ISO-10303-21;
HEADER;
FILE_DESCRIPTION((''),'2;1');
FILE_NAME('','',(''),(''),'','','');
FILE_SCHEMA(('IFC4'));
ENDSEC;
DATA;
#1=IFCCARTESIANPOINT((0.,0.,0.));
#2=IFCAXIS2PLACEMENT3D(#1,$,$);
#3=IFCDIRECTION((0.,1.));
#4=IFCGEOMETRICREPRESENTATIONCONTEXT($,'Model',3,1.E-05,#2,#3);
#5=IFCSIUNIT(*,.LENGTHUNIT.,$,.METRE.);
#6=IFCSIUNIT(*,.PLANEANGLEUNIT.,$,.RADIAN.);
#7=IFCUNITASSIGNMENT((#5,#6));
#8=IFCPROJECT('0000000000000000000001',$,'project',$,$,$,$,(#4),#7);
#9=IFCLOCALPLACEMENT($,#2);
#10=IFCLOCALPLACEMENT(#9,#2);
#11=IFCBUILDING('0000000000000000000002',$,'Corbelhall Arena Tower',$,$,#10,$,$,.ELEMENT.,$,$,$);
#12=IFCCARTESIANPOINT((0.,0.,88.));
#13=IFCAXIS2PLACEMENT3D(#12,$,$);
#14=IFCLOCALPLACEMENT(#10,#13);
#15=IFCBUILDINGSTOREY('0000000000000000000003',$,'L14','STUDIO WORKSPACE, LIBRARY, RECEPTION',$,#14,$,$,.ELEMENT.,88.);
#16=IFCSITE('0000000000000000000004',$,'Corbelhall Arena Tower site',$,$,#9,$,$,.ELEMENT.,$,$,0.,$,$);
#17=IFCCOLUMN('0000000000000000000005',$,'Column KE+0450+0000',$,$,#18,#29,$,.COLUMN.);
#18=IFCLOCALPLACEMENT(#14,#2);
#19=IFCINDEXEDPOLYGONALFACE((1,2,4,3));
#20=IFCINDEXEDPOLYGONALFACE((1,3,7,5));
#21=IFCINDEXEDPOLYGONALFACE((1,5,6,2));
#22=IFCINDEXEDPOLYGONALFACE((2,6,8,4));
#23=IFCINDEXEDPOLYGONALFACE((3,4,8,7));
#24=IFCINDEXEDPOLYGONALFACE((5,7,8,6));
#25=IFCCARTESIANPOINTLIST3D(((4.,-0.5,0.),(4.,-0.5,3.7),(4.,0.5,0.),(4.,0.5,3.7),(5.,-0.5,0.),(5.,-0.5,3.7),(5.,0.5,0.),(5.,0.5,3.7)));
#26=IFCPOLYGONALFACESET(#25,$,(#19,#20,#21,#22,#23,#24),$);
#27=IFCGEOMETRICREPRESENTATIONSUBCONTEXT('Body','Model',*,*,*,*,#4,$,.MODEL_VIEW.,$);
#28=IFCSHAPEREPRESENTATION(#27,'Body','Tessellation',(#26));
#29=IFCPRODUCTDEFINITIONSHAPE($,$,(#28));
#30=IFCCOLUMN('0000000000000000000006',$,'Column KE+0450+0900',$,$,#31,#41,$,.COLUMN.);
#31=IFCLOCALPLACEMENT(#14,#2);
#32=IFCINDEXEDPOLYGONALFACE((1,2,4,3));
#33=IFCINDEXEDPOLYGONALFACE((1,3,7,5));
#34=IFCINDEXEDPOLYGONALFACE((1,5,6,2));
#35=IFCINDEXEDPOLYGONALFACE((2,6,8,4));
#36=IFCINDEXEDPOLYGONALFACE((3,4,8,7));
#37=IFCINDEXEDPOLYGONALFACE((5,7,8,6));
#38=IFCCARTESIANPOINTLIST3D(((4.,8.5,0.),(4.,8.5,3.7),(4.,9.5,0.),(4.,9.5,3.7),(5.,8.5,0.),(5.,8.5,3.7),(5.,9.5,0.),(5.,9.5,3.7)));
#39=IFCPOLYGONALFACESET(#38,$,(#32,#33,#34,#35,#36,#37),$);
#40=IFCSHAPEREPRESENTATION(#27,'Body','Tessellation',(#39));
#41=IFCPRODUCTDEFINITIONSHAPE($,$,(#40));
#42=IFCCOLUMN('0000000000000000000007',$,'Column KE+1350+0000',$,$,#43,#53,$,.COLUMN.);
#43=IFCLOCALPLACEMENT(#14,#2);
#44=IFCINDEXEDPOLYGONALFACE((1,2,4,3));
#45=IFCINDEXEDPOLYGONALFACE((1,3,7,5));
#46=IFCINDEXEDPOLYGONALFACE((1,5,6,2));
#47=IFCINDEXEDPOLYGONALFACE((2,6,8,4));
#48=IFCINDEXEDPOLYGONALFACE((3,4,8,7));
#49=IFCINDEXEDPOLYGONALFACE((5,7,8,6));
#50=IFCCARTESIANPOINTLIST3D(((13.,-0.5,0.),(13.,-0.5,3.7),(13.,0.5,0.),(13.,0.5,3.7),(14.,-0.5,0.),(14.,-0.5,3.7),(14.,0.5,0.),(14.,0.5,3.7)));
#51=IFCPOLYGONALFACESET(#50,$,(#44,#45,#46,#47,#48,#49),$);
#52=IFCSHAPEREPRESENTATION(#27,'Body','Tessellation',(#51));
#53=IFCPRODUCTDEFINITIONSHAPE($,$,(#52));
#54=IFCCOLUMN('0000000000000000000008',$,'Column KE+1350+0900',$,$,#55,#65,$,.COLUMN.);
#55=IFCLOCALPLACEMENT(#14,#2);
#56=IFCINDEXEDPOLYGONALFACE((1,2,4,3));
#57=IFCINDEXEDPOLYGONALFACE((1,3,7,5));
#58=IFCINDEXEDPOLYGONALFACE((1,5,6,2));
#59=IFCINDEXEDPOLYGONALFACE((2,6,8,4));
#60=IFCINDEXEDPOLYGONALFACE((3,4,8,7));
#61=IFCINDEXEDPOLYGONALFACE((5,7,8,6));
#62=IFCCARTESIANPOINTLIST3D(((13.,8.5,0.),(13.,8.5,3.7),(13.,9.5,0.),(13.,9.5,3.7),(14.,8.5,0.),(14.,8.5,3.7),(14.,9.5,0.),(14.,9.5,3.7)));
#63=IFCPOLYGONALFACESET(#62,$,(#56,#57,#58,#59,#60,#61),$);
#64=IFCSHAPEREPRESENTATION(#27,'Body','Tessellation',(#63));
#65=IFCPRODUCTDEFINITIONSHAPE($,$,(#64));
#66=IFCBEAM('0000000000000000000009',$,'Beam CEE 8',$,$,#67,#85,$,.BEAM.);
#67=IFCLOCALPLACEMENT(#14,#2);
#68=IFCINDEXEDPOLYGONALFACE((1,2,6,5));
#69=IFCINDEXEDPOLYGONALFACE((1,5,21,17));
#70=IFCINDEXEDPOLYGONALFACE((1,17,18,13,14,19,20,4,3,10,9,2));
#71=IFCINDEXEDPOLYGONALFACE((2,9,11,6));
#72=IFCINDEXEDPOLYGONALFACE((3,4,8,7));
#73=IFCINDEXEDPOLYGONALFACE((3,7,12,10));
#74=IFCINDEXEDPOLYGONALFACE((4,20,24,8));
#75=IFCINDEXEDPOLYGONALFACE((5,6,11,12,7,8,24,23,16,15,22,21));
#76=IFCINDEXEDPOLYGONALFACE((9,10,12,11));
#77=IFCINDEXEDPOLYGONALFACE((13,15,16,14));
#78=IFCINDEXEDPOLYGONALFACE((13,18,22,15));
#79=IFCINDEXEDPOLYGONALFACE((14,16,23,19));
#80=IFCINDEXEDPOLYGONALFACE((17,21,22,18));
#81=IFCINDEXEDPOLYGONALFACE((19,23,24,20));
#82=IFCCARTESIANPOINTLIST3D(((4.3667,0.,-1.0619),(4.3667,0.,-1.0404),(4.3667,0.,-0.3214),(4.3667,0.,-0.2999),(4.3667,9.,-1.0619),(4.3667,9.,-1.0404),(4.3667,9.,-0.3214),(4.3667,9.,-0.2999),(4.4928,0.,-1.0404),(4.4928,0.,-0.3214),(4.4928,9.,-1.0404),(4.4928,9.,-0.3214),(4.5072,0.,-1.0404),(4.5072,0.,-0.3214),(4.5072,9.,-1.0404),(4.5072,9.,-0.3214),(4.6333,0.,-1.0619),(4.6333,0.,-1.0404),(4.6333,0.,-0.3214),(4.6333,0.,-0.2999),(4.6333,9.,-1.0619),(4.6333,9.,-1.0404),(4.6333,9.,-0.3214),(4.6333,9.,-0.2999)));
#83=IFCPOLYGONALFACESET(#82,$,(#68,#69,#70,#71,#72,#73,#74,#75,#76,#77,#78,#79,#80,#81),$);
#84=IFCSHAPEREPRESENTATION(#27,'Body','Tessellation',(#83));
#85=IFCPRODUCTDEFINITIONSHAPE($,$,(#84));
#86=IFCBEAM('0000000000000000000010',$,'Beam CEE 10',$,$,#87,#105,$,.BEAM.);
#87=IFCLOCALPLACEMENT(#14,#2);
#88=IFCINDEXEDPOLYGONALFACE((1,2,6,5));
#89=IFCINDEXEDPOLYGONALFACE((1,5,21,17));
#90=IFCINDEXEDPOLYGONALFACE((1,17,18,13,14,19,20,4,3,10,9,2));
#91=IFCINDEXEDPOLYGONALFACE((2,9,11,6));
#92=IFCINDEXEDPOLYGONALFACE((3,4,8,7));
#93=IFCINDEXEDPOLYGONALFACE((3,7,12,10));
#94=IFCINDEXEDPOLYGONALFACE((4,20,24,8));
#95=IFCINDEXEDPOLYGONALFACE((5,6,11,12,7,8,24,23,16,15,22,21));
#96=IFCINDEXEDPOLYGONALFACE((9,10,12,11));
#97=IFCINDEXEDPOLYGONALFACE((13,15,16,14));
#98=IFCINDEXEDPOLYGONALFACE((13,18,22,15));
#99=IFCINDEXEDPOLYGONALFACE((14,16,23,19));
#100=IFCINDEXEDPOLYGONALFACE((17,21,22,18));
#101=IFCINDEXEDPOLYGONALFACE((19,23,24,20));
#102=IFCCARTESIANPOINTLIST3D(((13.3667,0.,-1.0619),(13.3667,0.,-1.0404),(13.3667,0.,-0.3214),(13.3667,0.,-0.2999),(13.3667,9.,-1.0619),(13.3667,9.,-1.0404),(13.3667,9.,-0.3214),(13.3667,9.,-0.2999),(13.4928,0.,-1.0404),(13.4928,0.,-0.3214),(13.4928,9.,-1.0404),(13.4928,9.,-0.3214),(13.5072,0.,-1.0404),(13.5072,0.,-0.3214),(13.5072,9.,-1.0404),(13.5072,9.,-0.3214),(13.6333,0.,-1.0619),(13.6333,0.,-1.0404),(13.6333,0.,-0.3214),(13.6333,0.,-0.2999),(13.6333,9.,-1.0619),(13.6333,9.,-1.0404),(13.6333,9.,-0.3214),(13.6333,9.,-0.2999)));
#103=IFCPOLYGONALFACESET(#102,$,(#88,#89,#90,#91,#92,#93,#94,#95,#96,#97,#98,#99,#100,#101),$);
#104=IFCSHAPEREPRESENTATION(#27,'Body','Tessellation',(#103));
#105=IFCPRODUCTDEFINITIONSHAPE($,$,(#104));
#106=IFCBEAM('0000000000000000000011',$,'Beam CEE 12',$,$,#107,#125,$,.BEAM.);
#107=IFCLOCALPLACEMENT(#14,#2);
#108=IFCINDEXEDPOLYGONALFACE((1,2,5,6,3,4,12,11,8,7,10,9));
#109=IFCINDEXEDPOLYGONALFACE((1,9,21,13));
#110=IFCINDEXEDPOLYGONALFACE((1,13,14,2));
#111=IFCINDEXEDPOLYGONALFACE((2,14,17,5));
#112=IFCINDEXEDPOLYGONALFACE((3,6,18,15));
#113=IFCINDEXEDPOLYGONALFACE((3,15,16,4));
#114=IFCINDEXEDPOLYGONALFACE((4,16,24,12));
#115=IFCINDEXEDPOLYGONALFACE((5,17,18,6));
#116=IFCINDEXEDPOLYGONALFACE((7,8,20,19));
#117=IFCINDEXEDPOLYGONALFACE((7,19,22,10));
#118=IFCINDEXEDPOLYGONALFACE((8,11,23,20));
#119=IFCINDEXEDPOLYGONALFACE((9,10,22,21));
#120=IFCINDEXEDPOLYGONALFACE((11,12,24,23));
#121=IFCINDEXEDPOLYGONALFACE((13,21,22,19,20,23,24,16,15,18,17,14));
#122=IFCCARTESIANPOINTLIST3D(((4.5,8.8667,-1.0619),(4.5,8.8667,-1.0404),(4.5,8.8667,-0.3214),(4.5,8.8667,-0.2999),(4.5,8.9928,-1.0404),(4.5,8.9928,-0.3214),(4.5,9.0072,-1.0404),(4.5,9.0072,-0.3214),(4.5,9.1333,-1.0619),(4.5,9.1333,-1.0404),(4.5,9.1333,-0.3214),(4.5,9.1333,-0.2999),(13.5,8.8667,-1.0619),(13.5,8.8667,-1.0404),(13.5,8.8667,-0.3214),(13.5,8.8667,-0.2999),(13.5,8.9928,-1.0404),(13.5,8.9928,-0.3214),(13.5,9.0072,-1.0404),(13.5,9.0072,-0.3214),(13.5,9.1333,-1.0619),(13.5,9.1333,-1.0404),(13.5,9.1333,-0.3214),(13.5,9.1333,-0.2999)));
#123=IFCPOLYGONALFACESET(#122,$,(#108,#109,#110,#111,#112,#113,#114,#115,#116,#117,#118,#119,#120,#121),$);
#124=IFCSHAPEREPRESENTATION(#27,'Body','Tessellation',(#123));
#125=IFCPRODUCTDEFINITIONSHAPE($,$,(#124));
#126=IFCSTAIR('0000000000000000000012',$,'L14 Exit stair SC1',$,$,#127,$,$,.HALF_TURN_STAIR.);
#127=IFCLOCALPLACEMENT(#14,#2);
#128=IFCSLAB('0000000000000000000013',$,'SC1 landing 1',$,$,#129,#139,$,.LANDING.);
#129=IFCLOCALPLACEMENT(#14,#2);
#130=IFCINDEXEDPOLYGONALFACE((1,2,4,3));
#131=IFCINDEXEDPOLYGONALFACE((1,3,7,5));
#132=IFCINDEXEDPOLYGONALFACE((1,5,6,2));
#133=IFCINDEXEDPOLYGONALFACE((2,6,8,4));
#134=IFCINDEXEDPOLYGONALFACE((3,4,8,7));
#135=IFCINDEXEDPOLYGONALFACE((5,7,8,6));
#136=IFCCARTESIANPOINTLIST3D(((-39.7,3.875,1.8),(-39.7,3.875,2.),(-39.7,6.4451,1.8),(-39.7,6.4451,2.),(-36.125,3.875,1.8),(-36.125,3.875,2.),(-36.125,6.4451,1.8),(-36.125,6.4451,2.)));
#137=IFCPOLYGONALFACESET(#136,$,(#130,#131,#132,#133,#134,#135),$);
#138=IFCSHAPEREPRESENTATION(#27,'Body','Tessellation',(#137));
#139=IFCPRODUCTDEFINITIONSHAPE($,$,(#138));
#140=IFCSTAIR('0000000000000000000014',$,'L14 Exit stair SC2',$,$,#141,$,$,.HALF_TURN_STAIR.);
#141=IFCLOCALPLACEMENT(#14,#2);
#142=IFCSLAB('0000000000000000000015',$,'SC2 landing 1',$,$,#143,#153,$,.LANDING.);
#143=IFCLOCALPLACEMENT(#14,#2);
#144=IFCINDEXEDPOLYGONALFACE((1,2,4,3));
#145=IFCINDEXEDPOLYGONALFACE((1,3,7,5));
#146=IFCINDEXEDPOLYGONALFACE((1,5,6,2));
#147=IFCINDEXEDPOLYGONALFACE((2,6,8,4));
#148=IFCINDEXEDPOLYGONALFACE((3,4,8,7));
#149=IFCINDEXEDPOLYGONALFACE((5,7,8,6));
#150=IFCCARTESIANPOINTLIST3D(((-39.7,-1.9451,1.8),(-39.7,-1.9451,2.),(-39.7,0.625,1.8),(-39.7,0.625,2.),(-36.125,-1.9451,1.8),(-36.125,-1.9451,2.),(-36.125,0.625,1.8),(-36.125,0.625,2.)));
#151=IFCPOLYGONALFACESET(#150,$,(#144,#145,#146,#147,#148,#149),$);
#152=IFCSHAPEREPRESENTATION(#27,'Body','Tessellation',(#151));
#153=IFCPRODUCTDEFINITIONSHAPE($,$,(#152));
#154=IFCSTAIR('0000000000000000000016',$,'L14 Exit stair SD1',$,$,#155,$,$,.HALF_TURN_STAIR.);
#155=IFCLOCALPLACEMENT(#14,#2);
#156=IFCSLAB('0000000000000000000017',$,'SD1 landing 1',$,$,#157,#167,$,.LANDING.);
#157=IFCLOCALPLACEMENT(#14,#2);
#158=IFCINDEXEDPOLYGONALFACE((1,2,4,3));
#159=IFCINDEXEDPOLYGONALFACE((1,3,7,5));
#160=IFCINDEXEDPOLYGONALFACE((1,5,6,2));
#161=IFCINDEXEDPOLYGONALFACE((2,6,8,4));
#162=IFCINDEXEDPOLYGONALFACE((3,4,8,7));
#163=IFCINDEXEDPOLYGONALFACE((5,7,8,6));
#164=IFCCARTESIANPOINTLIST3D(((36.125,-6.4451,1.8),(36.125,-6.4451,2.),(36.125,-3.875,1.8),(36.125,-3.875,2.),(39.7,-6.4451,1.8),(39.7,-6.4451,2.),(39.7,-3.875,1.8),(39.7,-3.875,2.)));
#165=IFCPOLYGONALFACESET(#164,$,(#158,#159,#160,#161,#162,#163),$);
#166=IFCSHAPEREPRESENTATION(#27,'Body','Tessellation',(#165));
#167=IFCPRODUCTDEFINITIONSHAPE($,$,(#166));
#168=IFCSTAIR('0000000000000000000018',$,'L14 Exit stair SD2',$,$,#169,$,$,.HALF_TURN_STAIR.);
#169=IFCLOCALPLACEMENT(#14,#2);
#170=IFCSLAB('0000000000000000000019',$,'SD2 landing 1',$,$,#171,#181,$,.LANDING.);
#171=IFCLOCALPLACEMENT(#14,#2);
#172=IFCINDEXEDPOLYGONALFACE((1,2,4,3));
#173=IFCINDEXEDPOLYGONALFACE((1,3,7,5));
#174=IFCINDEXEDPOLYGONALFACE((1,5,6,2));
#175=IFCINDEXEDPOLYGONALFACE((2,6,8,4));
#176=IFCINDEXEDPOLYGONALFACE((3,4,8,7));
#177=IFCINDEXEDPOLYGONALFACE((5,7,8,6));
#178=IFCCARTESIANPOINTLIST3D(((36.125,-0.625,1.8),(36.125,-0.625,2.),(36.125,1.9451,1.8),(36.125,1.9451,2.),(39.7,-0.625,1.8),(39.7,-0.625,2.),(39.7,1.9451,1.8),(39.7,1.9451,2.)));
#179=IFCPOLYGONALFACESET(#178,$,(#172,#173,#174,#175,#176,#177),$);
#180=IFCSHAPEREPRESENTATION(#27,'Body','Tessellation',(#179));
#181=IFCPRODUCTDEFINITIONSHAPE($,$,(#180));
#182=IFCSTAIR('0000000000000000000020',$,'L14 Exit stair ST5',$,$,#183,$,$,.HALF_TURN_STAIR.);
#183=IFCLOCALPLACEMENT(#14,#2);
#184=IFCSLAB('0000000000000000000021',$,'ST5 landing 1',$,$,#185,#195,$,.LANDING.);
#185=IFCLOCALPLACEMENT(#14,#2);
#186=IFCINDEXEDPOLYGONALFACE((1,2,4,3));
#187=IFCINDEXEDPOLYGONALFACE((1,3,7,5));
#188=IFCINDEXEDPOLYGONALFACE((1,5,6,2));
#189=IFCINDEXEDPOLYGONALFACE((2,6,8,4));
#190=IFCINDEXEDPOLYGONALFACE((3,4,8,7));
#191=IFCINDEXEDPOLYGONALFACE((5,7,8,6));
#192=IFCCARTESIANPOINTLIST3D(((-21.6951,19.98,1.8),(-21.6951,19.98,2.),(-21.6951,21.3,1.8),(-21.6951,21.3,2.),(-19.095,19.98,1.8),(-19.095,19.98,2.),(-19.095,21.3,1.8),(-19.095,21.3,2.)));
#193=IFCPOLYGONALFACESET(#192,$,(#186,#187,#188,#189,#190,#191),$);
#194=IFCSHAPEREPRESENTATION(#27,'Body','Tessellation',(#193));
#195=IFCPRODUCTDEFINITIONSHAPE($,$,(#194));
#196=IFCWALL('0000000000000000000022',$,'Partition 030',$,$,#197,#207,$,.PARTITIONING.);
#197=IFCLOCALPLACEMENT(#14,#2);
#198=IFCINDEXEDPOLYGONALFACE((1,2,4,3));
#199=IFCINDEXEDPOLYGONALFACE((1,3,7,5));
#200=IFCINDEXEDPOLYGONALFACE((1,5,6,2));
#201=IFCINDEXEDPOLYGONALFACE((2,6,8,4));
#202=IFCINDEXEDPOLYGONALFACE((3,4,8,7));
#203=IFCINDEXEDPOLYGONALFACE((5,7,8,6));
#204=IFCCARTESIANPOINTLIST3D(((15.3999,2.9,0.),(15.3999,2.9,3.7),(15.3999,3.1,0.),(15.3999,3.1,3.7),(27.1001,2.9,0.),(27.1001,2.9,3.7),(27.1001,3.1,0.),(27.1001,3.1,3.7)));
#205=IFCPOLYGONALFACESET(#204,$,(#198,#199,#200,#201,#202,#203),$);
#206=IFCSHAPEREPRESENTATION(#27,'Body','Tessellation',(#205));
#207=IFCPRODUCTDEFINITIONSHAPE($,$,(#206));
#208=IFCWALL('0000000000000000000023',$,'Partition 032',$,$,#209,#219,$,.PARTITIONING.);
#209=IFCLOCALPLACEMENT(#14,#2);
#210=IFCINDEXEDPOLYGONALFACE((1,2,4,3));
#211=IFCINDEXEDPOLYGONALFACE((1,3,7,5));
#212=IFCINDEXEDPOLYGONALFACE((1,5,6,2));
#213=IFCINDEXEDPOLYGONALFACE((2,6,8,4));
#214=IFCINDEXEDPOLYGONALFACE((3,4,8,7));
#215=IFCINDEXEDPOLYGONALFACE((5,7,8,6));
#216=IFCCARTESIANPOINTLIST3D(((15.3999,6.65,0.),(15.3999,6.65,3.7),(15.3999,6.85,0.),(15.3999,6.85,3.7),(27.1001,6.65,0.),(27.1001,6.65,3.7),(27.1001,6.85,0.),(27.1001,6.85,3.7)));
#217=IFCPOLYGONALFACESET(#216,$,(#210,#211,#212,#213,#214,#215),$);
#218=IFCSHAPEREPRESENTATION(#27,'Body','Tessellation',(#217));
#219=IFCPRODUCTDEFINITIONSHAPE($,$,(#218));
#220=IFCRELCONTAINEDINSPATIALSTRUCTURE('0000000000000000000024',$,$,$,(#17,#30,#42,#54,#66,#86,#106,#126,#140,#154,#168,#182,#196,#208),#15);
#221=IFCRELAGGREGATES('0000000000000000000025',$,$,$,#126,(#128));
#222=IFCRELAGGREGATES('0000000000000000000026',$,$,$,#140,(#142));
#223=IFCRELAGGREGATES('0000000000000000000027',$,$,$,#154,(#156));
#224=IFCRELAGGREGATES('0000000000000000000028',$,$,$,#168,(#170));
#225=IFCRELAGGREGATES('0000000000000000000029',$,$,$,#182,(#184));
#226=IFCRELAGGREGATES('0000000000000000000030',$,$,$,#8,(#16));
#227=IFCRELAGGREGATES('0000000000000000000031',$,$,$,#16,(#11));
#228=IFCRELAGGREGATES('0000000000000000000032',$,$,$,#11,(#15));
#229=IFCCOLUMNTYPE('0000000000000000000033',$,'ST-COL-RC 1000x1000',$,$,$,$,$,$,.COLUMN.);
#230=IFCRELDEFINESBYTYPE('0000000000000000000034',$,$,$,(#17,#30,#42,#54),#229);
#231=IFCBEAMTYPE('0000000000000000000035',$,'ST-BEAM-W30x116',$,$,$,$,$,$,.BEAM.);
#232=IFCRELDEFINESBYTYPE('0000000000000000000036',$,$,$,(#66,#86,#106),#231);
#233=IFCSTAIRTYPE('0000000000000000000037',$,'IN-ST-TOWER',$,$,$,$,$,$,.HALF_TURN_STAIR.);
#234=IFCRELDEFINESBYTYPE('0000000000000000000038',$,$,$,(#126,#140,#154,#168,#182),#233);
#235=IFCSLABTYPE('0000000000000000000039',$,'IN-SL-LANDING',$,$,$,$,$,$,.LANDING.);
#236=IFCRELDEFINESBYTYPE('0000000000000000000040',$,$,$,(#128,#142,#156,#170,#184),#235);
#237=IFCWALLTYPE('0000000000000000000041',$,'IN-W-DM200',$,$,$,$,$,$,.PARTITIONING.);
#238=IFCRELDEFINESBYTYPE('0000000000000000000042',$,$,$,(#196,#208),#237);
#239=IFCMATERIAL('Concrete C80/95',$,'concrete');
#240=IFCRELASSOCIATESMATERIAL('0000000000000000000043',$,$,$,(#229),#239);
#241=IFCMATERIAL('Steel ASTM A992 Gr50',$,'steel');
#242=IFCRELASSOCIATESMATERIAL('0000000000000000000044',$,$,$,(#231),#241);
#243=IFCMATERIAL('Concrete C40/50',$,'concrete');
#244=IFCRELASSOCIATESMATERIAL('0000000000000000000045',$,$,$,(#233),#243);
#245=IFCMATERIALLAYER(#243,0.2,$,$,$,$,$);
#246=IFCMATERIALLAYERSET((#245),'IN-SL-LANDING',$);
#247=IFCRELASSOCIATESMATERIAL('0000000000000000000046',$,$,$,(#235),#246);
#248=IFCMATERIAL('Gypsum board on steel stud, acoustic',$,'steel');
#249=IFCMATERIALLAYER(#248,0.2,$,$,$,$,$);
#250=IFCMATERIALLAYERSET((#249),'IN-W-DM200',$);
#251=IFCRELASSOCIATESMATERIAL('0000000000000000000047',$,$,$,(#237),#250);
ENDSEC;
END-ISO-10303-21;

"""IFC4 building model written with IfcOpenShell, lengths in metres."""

from ifc_helpers import new_model, si_unit, direction, frame, frame_2d, origin, origin_2d, place, context, subcontext, project, spatial, polyline, rectangle, i_section, outline, extrude, material, layer, layer_set, material_profile, profile_set, type_object, element, aggregate, save


model = new_model("IFC4")

# Units and contexts
model_context = context("Model", 3, precision=1e-05, world=origin(), true_north=direction((0.0, 1.0)))
body_context = subcontext(model_context, "Body", "Model", "MODEL_VIEW")
ifc_project = project(units=[si_unit("LENGTHUNIT", "METRE"), si_unit("PLANEANGLEUNIT", "RADIAN")], contexts=[model_context])

# Site, building, storey
site_placement = place(None, origin())
site = spatial("IfcSite", under=ifc_project, at=site_placement, Name="Corbelhall Arena Tower site", CompositionType="ELEMENT", RefElevation=0.0)
building_placement = place(site_placement, origin())
building = spatial("IfcBuilding", under=site, at=building_placement, Name="Corbelhall Arena Tower", CompositionType="ELEMENT")
storey_placement = place(building_placement, frame((0.0, 0.0, 88.0)))
storey = spatial("IfcBuildingStorey", under=building, at=storey_placement, Name="L14", Description="STUDIO WORKSPACE, LIBRARY, RECEPTION", CompositionType="ELEMENT", Elevation=88.0)

# Columns
ifc_material_1 = material(Name="Concrete C80/95", Category="concrete")
ifc_material_profile_1 = material_profile(ifc_material_1, rectangle(XDim=1.0, YDim=1.0, at=origin_2d()))
ifc_profile_set_1 = profile_set([ifc_material_profile_1], Name="Concrete C80/95")
column_type = type_object("IfcColumnType", Name="ST-COL-RC 1000x1000", PredefinedType="COLUMN", material=ifc_profile_set_1)
for number, where, z_axis, x_axis, name in (
    (1, (4.5, 0.0, 0.0), (0.0, 0.0, 1.0), (1.0, 0.0, 0.0), "Column KE+0450+0000"),
    (2, (4.5, 9.0, 0.0), (0.0, 0.0, 1.0), (1.0, 0.0, 0.0), "Column KE+0450+0900"),
    (3, (13.5, 0.0, 0.0), (0.0, 0.0, 1.0), (1.0, 0.0, 0.0), "Column KE+1350+0000"),
    (4, (13.5, 9.0, 0.0), (0.0, 0.0, 1.0), (1.0, 0.0, 0.0), "Column KE+1350+0900"),
):
    element("IfcColumn", number, at=place(storey_placement, frame(where, z_axis=z_axis, x_axis=x_axis)), inside=storey, type_object=column_type, Name=name, PredefinedType="COLUMN", context=body_context, shape_type="SweptSolid", body=[
        extrude(rectangle(XDim=1.0, YDim=1.0, at=origin_2d()), origin(), (0.0, 0.0, 1.0), 3.7),
    ])

# Beams
ifc_material_2 = material(Name="Steel ASTM A992 Gr50", Category="steel")
ifc_material_profile_2 = material_profile(ifc_material_2, i_section(OverallWidth=0.2666, OverallDepth=0.762, WebThickness=0.0144, FlangeThickness=0.0215, at=origin_2d()))
ifc_profile_set_2 = profile_set([ifc_material_profile_2], Name="Steel ASTM A992 Gr50")
beam_type = type_object("IfcBeamType", Name="ST-BEAM-W30x116", PredefinedType="BEAM", material=ifc_profile_set_2)
for number, where, z_axis, x_axis, name in (
    (5, (4.5, 0.0, -0.6809), (0.0, 1.0, 0.0), (-1.0, 0.0, 0.0), "Beam CEE 8"),
    (6, (13.5, 0.0, -0.6809), (0.0, 1.0, 0.0), (-1.0, 0.0, 0.0), "Beam CEE 10"),
    (7, (4.5, 9.0, -0.6809), (1.0, 0.0, 0.0), (0.0, 1.0, 0.0), "Beam CEE 12"),
):
    element("IfcBeam", number, at=place(storey_placement, frame(where, z_axis=z_axis, x_axis=x_axis)), inside=storey, type_object=beam_type, Name=name, PredefinedType="BEAM", context=body_context, shape_type="SweptSolid", body=[
        extrude(i_section(OverallWidth=0.2666, OverallDepth=0.762, WebThickness=0.0144, FlangeThickness=0.0215, at=origin_2d()), origin(), (0.0, 0.0, 1.0), 9.0),
    ])

# Stairs, slabs
ifc_material_3 = material(Name="Concrete C40/50", Category="concrete")
stair_type = type_object("IfcStairType", Name="IN-ST-TOWER", PredefinedType="HALF_TURN_STAIR", material=ifc_material_3)
stair_1_placement = place(storey_placement, origin())
stair_1 = element("IfcStair", 8, at=stair_1_placement, inside=storey, type_object=stair_type, Name="L14 Exit stair SC1", PredefinedType="HALF_TURN_STAIR")
ifc_layer_1 = layer(ifc_material_3, 0.2)
ifc_layer_set_1 = layer_set([ifc_layer_1], Name="IN-SL-LANDING")
slab_type = type_object("IfcSlabType", Name="IN-SL-LANDING", PredefinedType="LANDING", material=ifc_layer_set_1)
slab_1_placement = place(storey_placement, frame((0.0, 0.0, 1.8)))
slab_1 = element("IfcSlab", 9, at=slab_1_placement, type_object=slab_type, Name="SC1 landing 1", PredefinedType="LANDING", context=body_context, shape_type="SweptSolid", body=[
    extrude(outline(polyline([(-39.7, 6.4451), (-39.7, 3.875), (-36.125, 3.875), (-36.125, 6.4451), (-39.7, 6.4451)])), origin(), (0.0, 0.0, 1.0), 0.2),
])
aggregate(stair_1, [slab_1])
stair_2_placement = place(storey_placement, origin())
stair_2 = element("IfcStair", 10, at=stair_2_placement, inside=storey, type_object=stair_type, Name="L14 Exit stair SC2", PredefinedType="HALF_TURN_STAIR")
slab_2_placement = place(storey_placement, frame((0.0, 0.0, 1.8)))
slab_2 = element("IfcSlab", 11, at=slab_2_placement, type_object=slab_type, Name="SC2 landing 1", PredefinedType="LANDING", context=body_context, shape_type="SweptSolid", body=[
    extrude(outline(polyline([(-36.125, -1.9451), (-36.125, 0.625), (-39.7, 0.625), (-39.7, -1.9451), (-36.125, -1.9451)])), origin(), (0.0, 0.0, 1.0), 0.2),
])
aggregate(stair_2, [slab_2])
stair_3_placement = place(storey_placement, origin())
stair_3 = element("IfcStair", 12, at=stair_3_placement, inside=storey, type_object=stair_type, Name="L14 Exit stair SD1", PredefinedType="HALF_TURN_STAIR")
slab_3_placement = place(storey_placement, frame((0.0, 0.0, 1.8)))
slab_3 = element("IfcSlab", 13, at=slab_3_placement, type_object=slab_type, Name="SD1 landing 1", PredefinedType="LANDING", context=body_context, shape_type="SweptSolid", body=[
    extrude(outline(polyline([(39.7, -6.4451), (39.7, -3.875), (36.125, -3.875), (36.125, -6.4451), (39.7, -6.4451)])), origin(), (0.0, 0.0, 1.0), 0.2),
])
aggregate(stair_3, [slab_3])
stair_4_placement = place(storey_placement, origin())
stair_4 = element("IfcStair", 14, at=stair_4_placement, inside=storey, type_object=stair_type, Name="L14 Exit stair SD2", PredefinedType="HALF_TURN_STAIR")
slab_4_placement = place(storey_placement, frame((0.0, 0.0, 1.8)))
slab_4 = element("IfcSlab", 15, at=slab_4_placement, type_object=slab_type, Name="SD2 landing 1", PredefinedType="LANDING", context=body_context, shape_type="SweptSolid", body=[
    extrude(outline(polyline([(36.125, 1.9451), (36.125, -0.625), (39.7, -0.625), (39.7, 1.9451), (36.125, 1.9451)])), origin(), (0.0, 0.0, 1.0), 0.2),
])
aggregate(stair_4, [slab_4])
stair_5_placement = place(storey_placement, origin())
stair_5 = element("IfcStair", 16, at=stair_5_placement, inside=storey, type_object=stair_type, Name="L14 Exit stair ST5", PredefinedType="HALF_TURN_STAIR")
slab_5_placement = place(storey_placement, frame((0.0, 0.0, 1.8)))
slab_5 = element("IfcSlab", 17, at=slab_5_placement, type_object=slab_type, Name="ST5 landing 1", PredefinedType="LANDING", context=body_context, shape_type="SweptSolid", body=[
    extrude(outline(polyline([(-19.095, 19.98), (-19.095, 21.3), (-21.6951, 21.3), (-21.6951, 19.98), (-19.095, 19.98)])), origin(), (0.0, 0.0, 1.0), 0.2),
])
aggregate(stair_5, [slab_5])

# Walls
ifc_material_4 = material(Name="Gypsum board on steel stud, acoustic", Category="steel")
ifc_layer_2 = layer(ifc_material_4, 0.2)
ifc_layer_set_2 = layer_set([ifc_layer_2], Name="IN-W-DM200")
wall_type_1 = type_object("IfcWallType", Name="IN-W-DM200", PredefinedType="PARTITIONING", material=ifc_layer_set_2)
for number, where, z_axis, x_axis, name in (
    (18, (15.3999, 3.0, 0.0), (0.0, 0.0, 1.0), (1.0, 0.0, 0.0), "Partition 030"),
    (19, (15.3999, 6.75, 0.0), (0.0, 0.0, 1.0), (1.0, 0.0, 0.0), "Partition 032"),
):
    element("IfcWall", number, at=place(storey_placement, frame(where, z_axis=z_axis, x_axis=x_axis)), inside=storey, type_object=wall_type_1, Name=name, PredefinedType="PARTITIONING", context=body_context, shape_type="SweptSolid", body=[
        extrude(rectangle(XDim=11.7002, YDim=0.2, at=frame_2d((5.8501, 0.0))), origin(), (0.0, 0.0, 1.0), 3.7),
    ])

save(model, "model.ifc")
